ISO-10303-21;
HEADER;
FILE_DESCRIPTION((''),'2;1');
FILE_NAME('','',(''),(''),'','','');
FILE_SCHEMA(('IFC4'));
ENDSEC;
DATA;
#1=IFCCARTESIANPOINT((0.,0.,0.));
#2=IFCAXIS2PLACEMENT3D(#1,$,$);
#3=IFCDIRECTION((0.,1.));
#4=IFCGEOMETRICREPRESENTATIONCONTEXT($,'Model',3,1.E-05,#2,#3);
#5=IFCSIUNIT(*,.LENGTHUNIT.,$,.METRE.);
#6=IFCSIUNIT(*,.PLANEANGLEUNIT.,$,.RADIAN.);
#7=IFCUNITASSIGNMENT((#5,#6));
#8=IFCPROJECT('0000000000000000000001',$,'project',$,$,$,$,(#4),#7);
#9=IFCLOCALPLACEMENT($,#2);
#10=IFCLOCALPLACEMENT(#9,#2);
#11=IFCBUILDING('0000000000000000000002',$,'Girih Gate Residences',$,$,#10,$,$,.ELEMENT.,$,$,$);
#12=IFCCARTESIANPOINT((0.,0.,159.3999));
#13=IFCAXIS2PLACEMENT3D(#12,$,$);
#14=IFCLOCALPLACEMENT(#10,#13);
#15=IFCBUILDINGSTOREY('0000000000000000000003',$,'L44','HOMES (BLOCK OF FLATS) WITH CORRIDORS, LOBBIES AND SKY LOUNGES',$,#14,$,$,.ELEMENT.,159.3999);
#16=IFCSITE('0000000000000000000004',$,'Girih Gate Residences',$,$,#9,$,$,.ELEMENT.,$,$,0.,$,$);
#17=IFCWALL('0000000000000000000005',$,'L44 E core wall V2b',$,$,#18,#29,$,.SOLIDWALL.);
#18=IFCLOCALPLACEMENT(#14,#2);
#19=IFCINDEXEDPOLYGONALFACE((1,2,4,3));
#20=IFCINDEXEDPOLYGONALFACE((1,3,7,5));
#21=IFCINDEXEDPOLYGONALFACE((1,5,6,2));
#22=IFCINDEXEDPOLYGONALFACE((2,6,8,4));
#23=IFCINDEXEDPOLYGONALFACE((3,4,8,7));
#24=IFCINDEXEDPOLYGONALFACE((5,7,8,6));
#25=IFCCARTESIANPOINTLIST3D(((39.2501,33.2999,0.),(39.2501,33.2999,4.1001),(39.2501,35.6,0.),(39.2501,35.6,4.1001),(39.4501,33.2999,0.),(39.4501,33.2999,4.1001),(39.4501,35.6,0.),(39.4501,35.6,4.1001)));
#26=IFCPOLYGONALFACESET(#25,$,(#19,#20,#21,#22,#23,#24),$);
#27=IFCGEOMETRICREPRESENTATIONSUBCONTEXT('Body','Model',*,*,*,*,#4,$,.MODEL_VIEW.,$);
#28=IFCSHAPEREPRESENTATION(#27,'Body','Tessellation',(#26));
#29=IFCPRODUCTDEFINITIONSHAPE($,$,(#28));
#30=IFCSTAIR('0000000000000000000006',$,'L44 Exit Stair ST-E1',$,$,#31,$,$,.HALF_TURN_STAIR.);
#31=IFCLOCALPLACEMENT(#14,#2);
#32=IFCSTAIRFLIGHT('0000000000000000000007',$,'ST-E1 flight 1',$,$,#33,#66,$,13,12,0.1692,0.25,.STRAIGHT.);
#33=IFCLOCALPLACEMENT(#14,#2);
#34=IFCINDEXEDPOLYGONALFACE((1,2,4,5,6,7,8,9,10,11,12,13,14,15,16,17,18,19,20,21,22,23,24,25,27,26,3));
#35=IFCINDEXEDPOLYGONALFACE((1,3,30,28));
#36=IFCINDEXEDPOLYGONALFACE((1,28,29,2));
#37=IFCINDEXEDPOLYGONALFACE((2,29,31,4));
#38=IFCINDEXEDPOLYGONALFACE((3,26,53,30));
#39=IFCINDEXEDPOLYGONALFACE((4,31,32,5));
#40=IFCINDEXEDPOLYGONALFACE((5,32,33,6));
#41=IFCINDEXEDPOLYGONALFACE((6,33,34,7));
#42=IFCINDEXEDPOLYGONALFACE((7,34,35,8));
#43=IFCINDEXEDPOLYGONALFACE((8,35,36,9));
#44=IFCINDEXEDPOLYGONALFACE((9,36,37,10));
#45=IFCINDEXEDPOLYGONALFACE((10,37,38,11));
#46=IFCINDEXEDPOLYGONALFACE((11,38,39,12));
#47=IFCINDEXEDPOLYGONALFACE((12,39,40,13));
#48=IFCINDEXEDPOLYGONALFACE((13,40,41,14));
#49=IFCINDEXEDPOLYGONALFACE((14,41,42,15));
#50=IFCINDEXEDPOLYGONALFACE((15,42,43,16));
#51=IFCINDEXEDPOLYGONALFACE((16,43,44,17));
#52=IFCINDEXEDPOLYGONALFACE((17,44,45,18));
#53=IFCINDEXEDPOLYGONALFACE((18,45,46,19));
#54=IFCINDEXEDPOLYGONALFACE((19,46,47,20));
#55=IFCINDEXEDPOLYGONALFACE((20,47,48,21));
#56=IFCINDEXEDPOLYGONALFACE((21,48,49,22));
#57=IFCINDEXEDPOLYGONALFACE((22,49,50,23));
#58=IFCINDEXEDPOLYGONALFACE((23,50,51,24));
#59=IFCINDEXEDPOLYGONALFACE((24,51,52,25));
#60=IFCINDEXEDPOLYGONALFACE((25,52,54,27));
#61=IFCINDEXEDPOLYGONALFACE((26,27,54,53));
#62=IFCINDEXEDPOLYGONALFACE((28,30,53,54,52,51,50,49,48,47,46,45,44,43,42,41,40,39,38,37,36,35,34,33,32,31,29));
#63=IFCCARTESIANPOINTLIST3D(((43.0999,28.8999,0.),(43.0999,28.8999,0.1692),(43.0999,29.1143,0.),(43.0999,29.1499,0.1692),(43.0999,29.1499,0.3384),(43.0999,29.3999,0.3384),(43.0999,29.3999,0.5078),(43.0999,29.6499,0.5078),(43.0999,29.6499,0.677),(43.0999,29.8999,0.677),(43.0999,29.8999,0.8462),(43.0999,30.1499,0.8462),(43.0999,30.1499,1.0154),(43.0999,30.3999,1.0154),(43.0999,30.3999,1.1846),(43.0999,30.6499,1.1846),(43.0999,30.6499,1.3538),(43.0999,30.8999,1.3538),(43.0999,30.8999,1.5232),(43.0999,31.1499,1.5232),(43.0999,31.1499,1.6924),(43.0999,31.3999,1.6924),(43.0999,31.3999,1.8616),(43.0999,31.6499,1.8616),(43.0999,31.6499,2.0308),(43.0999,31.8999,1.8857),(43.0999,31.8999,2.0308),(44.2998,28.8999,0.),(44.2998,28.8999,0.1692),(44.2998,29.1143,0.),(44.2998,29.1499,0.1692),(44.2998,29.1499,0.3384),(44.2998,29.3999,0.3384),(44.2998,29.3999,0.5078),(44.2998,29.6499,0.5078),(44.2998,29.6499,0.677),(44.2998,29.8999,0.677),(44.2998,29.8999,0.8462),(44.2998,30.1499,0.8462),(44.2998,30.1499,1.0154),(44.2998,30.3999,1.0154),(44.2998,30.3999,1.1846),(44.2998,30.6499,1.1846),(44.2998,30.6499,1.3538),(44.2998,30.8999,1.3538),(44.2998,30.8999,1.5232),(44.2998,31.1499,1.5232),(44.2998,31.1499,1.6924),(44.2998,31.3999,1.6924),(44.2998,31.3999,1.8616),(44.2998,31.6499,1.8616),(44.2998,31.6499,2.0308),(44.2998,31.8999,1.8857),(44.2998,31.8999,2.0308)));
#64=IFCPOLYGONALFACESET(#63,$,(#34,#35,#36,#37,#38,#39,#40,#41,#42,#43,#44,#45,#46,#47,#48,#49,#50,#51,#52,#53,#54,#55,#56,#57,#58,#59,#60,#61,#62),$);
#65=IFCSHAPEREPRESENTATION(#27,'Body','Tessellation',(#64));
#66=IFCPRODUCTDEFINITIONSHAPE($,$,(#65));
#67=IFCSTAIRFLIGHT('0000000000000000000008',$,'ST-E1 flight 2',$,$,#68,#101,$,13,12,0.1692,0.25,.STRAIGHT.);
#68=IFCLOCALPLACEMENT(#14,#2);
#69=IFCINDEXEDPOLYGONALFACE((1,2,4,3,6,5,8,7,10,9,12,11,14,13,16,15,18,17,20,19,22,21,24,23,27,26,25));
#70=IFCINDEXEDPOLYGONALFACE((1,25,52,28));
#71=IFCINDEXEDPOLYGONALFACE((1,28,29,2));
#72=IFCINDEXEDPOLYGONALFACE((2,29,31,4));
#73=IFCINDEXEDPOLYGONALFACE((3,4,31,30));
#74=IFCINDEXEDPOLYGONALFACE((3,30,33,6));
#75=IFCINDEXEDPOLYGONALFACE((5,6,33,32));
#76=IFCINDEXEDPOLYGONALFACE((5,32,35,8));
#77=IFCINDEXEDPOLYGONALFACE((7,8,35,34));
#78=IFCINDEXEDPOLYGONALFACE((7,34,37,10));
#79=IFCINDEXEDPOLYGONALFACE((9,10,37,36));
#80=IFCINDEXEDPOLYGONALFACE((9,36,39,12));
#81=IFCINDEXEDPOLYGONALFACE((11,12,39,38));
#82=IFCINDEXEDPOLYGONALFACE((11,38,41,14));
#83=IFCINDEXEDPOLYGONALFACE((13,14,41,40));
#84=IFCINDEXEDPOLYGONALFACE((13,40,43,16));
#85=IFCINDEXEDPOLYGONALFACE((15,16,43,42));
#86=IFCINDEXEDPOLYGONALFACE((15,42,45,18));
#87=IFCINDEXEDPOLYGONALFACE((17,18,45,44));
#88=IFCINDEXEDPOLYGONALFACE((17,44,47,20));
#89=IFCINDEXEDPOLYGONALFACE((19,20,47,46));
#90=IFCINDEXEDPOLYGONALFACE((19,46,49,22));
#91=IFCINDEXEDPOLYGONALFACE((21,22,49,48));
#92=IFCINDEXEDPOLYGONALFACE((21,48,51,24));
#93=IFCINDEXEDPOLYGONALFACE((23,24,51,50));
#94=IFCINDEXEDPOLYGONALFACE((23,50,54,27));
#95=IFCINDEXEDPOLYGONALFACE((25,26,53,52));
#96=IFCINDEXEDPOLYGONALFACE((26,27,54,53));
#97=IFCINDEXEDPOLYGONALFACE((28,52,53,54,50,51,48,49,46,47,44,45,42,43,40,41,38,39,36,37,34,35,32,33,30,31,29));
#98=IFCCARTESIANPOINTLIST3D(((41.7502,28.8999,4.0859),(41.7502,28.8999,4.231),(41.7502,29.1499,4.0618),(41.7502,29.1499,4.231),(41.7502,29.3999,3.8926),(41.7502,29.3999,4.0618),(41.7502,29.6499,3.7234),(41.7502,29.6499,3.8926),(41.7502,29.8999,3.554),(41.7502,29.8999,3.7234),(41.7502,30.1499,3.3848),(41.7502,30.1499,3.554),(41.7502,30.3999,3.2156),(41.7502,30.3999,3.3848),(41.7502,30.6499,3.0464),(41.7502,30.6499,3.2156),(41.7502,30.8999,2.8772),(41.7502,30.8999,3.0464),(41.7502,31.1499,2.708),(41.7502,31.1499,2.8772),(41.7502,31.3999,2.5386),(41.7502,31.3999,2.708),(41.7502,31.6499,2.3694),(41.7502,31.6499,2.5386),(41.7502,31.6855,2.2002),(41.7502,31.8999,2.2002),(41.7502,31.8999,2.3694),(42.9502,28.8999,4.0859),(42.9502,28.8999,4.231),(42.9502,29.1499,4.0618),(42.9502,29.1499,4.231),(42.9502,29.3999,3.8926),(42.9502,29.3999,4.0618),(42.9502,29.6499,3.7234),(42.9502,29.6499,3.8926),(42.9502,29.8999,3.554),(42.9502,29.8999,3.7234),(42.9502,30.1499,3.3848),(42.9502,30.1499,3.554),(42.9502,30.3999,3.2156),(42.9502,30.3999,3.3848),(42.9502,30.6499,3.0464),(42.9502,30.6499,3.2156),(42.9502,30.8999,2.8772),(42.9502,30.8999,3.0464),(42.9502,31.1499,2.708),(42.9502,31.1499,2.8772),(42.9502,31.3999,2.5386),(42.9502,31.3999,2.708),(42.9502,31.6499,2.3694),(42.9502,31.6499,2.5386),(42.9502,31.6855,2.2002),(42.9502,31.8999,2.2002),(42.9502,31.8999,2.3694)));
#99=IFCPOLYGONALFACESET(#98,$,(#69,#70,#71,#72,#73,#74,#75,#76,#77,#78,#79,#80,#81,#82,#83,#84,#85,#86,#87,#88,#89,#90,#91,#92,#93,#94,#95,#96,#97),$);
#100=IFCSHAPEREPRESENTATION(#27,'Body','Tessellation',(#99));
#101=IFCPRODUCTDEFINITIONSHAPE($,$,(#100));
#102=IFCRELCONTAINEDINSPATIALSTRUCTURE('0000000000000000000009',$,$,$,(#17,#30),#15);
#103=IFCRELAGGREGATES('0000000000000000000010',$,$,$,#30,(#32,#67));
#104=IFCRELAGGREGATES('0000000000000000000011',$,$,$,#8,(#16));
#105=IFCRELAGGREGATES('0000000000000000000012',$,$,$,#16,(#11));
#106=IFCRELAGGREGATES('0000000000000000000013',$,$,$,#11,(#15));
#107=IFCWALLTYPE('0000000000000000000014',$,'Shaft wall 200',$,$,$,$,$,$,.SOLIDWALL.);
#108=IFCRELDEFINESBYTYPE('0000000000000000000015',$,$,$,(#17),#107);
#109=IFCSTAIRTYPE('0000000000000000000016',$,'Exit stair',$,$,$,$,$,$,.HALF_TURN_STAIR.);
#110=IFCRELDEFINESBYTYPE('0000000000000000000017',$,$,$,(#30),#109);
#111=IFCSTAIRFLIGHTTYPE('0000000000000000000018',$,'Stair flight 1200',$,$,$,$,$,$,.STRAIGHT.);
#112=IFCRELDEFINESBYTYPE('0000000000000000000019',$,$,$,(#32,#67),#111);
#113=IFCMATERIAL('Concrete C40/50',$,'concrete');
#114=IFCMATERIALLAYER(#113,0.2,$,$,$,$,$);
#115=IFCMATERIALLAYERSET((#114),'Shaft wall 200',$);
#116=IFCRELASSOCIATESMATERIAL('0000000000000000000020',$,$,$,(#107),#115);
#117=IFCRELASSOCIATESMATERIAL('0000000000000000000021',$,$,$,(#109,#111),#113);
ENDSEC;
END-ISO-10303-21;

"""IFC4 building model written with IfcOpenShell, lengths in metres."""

from ifc_helpers import new_model, si_unit, direction, frame, frame_2d, origin, place, context, subcontext, project, spatial, polyline, rectangle, outline, extrude, material, layer, layer_set, type_object, element, aggregate, save


model = new_model("IFC4")

# Units and contexts
model_context = context("Model", 3, precision=1e-05, world=origin(), true_north=direction((0.0, 1.0)))
body_context = subcontext(model_context, "Body", "Model", "MODEL_VIEW")
ifc_project = project(units=[si_unit("LENGTHUNIT", "METRE"), si_unit("PLANEANGLEUNIT", "RADIAN")], contexts=[model_context])

# Site, building, storey
site_placement = place(None, origin())
site = spatial("IfcSite", under=ifc_project, at=site_placement, Name="Girih Gate Residences", CompositionType="ELEMENT", RefElevation=0.0)
building_placement = place(site_placement, origin())
building = spatial("IfcBuilding", under=site, at=building_placement, Name="Girih Gate Residences", CompositionType="ELEMENT")
storey_placement = place(building_placement, frame((0.0, 0.0, 159.3999)))
storey = spatial("IfcBuildingStorey", under=building, at=storey_placement, Name="L44", Description="HOMES (BLOCK OF FLATS) WITH CORRIDORS, LOBBIES AND SKY LOUNGES", CompositionType="ELEMENT", Elevation=159.3999)

# Shared definitions
ifc_material_1 = material(Name="Concrete C40/50", Category="concrete")

# Shared definitions
ifc_layer_1 = layer(ifc_material_1, 0.2)
ifc_layer_set_1 = layer_set([ifc_layer_1], Name="Shaft wall 200")
wall_type_1 = type_object("IfcWallType", Name="Shaft wall 200", PredefinedType="SOLIDWALL", material=ifc_layer_set_1)

# Wall
for number, where, z_axis, x_axis, name in (
    (1, (39.3501, 33.3, 0.0), (0.0, 0.0, 1.0), (0.0, 1.0, 0.0), "L44 E core wall V2b"),
):
    element("IfcWall", number, at=place(storey_placement, frame(where, z_axis=z_axis, x_axis=x_axis)), inside=storey, type_object=wall_type_1, Name=name, PredefinedType="SOLIDWALL", context=body_context, shape_type="SweptSolid", body=[
        extrude(rectangle(XDim=2.3, YDim=0.2, at=frame_2d((1.1499, 0.0))), origin(), (0.0, 0.0, 1.0), 4.1001),
    ])

# Stair, stair flights
stair_type = type_object("IfcStairType", Name="Exit stair", PredefinedType="HALF_TURN_STAIR", material=ifc_material_1)
stair_placement = place(storey_placement, origin())
stair = element("IfcStair", 2, at=stair_placement, inside=storey, type_object=stair_type, Name="L44 Exit Stair ST-E1", PredefinedType="HALF_TURN_STAIR")
stair_flight_type = type_object("IfcStairFlightType", Name="Stair flight 1200", PredefinedType="STRAIGHT", material=ifc_material_1)
stair_flight_1_placement = place(storey_placement, frame((43.7, 28.8999, 0.0), z_axis=(0.0, 0.0, 1.0), x_axis=(0.0, 1.0, 0.0)))
stair_flight_1 = element("IfcStairFlight", 3, at=stair_flight_1_placement, type_object=stair_flight_type, Name="ST-E1 flight 1", NumberOfRisers=13, NumberOfTreads=12, PredefinedType="STRAIGHT", RiserHeight=0.1692, TreadLength=0.25, context=body_context, shape_type="SweptSolid", body=[
    extrude(outline(polyline([(0.0, 0.0), (0.0, 0.1692), (0.25, 0.1692), (0.25, 0.3384), (0.5, 0.3384), (0.5, 0.5078), (0.75, 0.5078), (0.75, 0.677), (1.0, 0.677), (1.0, 0.8462), (1.25, 0.8462), (1.25, 1.0154), (1.5, 1.0154), (1.5, 1.1846), (1.75, 1.1846), (1.75, 1.3538), (2.0, 1.3538), (2.0, 1.5232), (2.25, 1.5232), (2.25, 1.6924), (2.5, 1.6924), (2.5, 1.8616), (2.75, 1.8616), (2.75, 2.0308), (3.0, 2.0308), (3.0, 2.2), (3.0, 1.8857), (0.2144, 0.0), (0.0, 0.0)])), frame((0.0, 0.6001, 0.0), z_axis=(0.0, -1.0, 0.0), x_axis=(1.0, 0.0, 0.0)), (0.0, 0.0, 1.0), 1.2),
])
stair_flight_2_placement = place(storey_placement, frame((42.3501, 31.8999, 2.2002), z_axis=(0.0, 0.0, 1.0), x_axis=(0.0, -1.0, 0.0)))
stair_flight_2 = element("IfcStairFlight", 4, at=stair_flight_2_placement, type_object=stair_flight_type, Name="ST-E1 flight 2", NumberOfRisers=13, NumberOfTreads=12, PredefinedType="STRAIGHT", RiserHeight=0.1692, TreadLength=0.25, context=body_context, shape_type="SweptSolid", body=[
    extrude(outline(polyline([(0.0, 0.0), (0.0, 0.1692), (0.25, 0.1692), (0.25, 0.3384), (0.5, 0.3384), (0.5, 0.5078), (0.75, 0.5078), (0.75, 0.677), (1.0, 0.677), (1.0, 0.8462), (1.25, 0.8462), (1.25, 1.0154), (1.5, 1.0154), (1.5, 1.1846), (1.75, 1.1846), (1.75, 1.3538), (2.0, 1.3538), (2.0, 1.5232), (2.25, 1.5232), (2.25, 1.6924), (2.5, 1.6924), (2.5, 1.8616), (2.75, 1.8616), (2.75, 2.0308), (3.0, 2.0308), (3.0, 2.2), (3.0, 1.8857), (0.2144, 0.0), (0.0, 0.0)])), frame((0.0, 0.6001, 0.0), z_axis=(0.0, -1.0, 0.0), x_axis=(1.0, 0.0, 0.0)), (0.0, 0.0, 1.0), 1.2),
])
aggregate(stair, [stair_flight_1, stair_flight_2])

save(model, "model.ifc")
